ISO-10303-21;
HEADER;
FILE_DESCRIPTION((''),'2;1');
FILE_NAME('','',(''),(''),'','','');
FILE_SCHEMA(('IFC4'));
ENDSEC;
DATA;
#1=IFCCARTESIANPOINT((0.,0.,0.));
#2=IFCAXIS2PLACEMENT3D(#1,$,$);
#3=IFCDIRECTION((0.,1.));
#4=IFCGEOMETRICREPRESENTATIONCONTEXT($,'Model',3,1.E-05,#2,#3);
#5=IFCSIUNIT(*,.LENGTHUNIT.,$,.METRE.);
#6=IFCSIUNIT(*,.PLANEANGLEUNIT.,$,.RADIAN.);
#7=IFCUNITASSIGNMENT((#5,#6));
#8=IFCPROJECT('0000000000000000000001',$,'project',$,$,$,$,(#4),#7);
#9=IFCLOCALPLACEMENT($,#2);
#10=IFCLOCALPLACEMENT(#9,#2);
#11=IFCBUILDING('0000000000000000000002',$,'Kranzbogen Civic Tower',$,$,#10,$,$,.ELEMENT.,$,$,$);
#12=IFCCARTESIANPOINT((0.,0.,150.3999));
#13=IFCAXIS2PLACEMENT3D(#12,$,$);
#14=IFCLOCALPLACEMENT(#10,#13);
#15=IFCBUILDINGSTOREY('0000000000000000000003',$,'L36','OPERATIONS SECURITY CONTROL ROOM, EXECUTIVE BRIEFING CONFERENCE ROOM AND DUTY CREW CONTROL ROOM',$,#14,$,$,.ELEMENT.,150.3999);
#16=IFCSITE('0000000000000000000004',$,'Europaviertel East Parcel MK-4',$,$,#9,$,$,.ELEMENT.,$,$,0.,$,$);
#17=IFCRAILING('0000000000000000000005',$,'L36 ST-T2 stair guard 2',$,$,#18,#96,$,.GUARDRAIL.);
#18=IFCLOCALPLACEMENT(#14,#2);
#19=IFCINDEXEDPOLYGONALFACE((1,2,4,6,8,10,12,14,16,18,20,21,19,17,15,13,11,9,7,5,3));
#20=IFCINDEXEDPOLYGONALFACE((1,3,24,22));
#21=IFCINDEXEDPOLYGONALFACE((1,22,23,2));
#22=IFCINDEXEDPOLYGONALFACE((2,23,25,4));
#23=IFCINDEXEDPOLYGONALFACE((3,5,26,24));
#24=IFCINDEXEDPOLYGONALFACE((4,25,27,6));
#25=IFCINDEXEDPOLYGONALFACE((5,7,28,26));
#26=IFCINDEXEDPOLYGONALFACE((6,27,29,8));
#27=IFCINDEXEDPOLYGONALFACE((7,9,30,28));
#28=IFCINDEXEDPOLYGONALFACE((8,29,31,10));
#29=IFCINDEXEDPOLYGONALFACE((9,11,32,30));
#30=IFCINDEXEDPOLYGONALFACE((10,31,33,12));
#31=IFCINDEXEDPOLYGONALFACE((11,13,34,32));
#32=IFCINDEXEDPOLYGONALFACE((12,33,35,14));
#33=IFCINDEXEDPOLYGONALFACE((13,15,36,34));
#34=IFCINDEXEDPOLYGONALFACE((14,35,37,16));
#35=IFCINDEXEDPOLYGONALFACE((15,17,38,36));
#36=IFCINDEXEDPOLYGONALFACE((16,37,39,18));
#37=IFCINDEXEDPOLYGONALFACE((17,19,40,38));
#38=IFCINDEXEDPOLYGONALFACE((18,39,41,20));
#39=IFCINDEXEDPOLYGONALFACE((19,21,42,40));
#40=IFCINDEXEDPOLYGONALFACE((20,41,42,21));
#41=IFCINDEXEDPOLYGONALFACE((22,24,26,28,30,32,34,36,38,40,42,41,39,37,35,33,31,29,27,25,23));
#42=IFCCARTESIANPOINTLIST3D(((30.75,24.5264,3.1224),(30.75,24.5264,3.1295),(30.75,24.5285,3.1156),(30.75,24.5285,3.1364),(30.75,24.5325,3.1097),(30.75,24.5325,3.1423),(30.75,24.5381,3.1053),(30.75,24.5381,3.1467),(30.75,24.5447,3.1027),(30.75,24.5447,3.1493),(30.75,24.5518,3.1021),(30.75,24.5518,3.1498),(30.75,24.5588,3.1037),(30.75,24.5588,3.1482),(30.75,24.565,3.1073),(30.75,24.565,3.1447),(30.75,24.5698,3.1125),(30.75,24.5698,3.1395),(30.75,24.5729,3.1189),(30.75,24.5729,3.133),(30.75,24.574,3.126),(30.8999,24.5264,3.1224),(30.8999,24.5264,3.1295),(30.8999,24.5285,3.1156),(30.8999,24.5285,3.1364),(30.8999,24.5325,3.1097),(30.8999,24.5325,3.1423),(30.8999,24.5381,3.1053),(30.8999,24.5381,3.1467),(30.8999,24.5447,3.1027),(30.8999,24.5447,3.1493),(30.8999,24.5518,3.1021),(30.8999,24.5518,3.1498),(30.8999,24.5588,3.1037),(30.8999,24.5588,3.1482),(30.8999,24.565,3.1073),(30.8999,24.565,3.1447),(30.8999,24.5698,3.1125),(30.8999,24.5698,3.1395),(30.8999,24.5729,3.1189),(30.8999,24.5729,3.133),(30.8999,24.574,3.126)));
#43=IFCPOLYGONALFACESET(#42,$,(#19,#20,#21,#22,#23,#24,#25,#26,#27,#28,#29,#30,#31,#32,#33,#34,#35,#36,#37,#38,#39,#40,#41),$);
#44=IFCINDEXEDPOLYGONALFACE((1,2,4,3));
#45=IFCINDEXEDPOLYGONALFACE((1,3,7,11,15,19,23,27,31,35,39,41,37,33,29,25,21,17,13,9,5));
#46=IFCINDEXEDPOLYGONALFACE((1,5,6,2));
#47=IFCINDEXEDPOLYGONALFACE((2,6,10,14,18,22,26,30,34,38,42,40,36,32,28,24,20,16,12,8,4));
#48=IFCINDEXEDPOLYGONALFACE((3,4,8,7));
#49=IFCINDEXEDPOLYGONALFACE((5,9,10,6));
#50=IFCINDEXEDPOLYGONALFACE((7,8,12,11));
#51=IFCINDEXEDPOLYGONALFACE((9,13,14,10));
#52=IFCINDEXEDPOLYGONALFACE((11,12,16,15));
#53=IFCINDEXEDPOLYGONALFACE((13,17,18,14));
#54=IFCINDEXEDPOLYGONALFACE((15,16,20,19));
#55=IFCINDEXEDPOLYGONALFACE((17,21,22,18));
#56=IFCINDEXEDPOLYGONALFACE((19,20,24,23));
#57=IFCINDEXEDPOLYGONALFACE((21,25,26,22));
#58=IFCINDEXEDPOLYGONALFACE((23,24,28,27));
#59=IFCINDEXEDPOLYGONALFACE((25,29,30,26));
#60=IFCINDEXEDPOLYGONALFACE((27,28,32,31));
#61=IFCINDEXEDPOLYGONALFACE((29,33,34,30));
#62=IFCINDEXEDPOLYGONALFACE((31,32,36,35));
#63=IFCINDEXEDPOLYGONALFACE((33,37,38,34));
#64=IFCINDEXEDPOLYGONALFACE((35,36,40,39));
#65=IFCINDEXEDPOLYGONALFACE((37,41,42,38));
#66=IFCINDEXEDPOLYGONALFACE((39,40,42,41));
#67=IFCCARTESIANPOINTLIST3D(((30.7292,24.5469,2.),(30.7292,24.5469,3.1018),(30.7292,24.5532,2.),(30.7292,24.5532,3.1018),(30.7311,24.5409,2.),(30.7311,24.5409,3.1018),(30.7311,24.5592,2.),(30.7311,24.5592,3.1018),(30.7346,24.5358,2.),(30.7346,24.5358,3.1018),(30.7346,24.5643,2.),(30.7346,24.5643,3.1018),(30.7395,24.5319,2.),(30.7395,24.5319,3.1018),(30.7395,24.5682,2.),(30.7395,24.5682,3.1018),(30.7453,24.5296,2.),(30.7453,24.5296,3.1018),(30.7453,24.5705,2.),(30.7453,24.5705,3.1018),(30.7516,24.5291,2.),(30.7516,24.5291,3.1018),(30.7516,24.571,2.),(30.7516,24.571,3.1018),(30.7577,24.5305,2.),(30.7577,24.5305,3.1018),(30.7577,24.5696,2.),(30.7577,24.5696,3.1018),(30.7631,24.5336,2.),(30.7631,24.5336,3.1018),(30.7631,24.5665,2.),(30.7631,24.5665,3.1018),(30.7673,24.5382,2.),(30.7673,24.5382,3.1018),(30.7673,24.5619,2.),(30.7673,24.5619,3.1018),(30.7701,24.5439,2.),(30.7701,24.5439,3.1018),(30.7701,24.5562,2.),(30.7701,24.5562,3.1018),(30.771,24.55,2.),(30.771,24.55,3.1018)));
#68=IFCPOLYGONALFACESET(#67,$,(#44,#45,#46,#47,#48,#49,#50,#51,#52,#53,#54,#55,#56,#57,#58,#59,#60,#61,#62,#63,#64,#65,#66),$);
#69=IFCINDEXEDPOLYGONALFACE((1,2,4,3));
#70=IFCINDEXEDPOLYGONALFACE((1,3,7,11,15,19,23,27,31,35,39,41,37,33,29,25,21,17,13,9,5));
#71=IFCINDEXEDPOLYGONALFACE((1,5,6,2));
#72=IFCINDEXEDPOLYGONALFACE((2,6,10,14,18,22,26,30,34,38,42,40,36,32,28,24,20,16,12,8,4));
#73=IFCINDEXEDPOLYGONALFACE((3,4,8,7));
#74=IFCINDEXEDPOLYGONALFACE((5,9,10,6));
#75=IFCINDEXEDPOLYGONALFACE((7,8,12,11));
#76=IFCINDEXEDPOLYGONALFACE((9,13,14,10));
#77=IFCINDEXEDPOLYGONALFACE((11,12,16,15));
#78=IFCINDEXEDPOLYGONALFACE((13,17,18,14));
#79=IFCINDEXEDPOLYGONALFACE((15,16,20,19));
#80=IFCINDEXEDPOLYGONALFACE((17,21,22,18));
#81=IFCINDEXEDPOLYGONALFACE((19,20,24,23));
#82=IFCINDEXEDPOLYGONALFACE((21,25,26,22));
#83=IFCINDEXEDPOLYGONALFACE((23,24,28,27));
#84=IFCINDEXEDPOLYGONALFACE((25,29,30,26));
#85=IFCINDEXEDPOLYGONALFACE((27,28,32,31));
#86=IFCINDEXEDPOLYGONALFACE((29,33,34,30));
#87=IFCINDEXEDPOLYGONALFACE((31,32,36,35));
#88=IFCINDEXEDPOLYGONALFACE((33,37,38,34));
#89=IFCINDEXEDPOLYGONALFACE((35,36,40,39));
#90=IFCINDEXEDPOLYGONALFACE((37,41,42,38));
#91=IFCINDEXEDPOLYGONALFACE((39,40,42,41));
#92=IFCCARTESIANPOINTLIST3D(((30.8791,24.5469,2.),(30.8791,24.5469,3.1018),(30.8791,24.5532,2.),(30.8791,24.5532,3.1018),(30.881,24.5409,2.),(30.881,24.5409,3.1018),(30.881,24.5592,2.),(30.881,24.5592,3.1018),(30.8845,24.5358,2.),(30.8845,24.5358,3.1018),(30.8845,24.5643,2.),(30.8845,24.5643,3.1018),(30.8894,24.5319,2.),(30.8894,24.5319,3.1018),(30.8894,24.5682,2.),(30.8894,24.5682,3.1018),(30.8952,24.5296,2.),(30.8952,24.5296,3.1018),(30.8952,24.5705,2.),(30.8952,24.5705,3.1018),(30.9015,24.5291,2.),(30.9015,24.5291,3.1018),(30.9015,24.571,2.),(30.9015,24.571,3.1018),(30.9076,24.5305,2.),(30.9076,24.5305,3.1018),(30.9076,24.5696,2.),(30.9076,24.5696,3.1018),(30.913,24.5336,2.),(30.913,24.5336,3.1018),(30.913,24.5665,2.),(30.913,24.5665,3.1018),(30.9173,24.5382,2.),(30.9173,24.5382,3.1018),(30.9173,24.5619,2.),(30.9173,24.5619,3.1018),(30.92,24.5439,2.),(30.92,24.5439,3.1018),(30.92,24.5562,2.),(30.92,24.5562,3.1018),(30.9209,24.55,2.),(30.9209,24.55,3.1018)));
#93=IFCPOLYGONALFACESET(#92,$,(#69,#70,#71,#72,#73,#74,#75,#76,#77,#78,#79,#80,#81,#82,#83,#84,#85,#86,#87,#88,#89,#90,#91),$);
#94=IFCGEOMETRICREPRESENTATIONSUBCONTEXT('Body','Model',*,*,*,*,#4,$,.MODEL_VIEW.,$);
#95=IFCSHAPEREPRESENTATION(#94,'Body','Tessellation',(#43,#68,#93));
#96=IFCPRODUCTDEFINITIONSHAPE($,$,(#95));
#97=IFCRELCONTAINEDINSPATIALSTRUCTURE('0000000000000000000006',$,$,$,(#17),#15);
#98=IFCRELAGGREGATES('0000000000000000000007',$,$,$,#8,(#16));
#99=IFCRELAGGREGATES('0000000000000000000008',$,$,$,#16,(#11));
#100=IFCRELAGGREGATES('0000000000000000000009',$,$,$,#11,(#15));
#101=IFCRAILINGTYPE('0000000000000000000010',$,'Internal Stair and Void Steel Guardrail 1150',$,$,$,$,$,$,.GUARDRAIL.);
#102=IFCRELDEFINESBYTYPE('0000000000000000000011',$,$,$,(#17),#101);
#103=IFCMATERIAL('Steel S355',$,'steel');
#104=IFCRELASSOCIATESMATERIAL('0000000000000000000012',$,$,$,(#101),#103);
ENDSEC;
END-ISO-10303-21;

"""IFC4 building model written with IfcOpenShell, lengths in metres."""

from ifc_helpers import new_model, si_unit, direction, frame, origin, origin_2d, place, context, subcontext, project, spatial, circle, extrude, material, type_object, element, save


model = new_model("IFC4")

# Units and contexts
model_context = context("Model", 3, precision=1e-05, world=origin(), true_north=direction((0.0, 1.0)))
body_context = subcontext(model_context, "Body", "Model", "MODEL_VIEW")
ifc_project = project(units=[si_unit("LENGTHUNIT", "METRE"), si_unit("PLANEANGLEUNIT", "RADIAN")], contexts=[model_context])

# Site, building, storey
site_placement = place(None, origin())
site = spatial("IfcSite", under=ifc_project, at=site_placement, Name="Europaviertel East Parcel MK-4", CompositionType="ELEMENT", RefElevation=0.0)
building_placement = place(site_placement, origin())
building = spatial("IfcBuilding", under=site, at=building_placement, Name="Kranzbogen Civic Tower", CompositionType="ELEMENT")
storey_placement = place(building_placement, frame((0.0, 0.0, 150.3999)))
storey = spatial("IfcBuildingStorey", under=building, at=storey_placement, Name="L36", Description="OPERATIONS SECURITY CONTROL ROOM, EXECUTIVE BRIEFING CONFERENCE ROOM AND DUTY CREW CONTROL ROOM", CompositionType="ELEMENT", Elevation=150.3999)

# Shared definitions
ifc_material_1 = material(Name="Steel S355", Category="steel")

# Railing
railing_type_1 = type_object("IfcRailingType", Name="Internal Stair and Void Steel Guardrail 1150", PredefinedType="GUARDRAIL", material=ifc_material_1)
railing_1_placement = place(storey_placement, frame((30.75, 24.55, 2.0)))
element("IfcRailing", 1, at=railing_1_placement, inside=storey, type_object=railing_type_1, Name="L36 ST-T2 stair guard 2", PredefinedType="GUARDRAIL", context=body_context, shape_type="SweptSolid", body=[
    extrude(circle(Radius=0.0239, at=origin_2d()), frame((0.0, 0.0, 1.126), z_axis=(1.0, 0.0, 0.0), x_axis=(0.0, 1.0, 0.0)), (0.0, 0.0, 1.0), 0.1499),
    extrude(circle(Radius=0.021, at=origin_2d()), origin(), (0.0, 0.0, 1.0), 1.1018),
    extrude(circle(Radius=0.021, at=origin_2d()), frame((0.1499, 0.0, 0.0)), (0.0, 0.0, 1.0), 1.1018),
])

save(model, "model.ifc")
